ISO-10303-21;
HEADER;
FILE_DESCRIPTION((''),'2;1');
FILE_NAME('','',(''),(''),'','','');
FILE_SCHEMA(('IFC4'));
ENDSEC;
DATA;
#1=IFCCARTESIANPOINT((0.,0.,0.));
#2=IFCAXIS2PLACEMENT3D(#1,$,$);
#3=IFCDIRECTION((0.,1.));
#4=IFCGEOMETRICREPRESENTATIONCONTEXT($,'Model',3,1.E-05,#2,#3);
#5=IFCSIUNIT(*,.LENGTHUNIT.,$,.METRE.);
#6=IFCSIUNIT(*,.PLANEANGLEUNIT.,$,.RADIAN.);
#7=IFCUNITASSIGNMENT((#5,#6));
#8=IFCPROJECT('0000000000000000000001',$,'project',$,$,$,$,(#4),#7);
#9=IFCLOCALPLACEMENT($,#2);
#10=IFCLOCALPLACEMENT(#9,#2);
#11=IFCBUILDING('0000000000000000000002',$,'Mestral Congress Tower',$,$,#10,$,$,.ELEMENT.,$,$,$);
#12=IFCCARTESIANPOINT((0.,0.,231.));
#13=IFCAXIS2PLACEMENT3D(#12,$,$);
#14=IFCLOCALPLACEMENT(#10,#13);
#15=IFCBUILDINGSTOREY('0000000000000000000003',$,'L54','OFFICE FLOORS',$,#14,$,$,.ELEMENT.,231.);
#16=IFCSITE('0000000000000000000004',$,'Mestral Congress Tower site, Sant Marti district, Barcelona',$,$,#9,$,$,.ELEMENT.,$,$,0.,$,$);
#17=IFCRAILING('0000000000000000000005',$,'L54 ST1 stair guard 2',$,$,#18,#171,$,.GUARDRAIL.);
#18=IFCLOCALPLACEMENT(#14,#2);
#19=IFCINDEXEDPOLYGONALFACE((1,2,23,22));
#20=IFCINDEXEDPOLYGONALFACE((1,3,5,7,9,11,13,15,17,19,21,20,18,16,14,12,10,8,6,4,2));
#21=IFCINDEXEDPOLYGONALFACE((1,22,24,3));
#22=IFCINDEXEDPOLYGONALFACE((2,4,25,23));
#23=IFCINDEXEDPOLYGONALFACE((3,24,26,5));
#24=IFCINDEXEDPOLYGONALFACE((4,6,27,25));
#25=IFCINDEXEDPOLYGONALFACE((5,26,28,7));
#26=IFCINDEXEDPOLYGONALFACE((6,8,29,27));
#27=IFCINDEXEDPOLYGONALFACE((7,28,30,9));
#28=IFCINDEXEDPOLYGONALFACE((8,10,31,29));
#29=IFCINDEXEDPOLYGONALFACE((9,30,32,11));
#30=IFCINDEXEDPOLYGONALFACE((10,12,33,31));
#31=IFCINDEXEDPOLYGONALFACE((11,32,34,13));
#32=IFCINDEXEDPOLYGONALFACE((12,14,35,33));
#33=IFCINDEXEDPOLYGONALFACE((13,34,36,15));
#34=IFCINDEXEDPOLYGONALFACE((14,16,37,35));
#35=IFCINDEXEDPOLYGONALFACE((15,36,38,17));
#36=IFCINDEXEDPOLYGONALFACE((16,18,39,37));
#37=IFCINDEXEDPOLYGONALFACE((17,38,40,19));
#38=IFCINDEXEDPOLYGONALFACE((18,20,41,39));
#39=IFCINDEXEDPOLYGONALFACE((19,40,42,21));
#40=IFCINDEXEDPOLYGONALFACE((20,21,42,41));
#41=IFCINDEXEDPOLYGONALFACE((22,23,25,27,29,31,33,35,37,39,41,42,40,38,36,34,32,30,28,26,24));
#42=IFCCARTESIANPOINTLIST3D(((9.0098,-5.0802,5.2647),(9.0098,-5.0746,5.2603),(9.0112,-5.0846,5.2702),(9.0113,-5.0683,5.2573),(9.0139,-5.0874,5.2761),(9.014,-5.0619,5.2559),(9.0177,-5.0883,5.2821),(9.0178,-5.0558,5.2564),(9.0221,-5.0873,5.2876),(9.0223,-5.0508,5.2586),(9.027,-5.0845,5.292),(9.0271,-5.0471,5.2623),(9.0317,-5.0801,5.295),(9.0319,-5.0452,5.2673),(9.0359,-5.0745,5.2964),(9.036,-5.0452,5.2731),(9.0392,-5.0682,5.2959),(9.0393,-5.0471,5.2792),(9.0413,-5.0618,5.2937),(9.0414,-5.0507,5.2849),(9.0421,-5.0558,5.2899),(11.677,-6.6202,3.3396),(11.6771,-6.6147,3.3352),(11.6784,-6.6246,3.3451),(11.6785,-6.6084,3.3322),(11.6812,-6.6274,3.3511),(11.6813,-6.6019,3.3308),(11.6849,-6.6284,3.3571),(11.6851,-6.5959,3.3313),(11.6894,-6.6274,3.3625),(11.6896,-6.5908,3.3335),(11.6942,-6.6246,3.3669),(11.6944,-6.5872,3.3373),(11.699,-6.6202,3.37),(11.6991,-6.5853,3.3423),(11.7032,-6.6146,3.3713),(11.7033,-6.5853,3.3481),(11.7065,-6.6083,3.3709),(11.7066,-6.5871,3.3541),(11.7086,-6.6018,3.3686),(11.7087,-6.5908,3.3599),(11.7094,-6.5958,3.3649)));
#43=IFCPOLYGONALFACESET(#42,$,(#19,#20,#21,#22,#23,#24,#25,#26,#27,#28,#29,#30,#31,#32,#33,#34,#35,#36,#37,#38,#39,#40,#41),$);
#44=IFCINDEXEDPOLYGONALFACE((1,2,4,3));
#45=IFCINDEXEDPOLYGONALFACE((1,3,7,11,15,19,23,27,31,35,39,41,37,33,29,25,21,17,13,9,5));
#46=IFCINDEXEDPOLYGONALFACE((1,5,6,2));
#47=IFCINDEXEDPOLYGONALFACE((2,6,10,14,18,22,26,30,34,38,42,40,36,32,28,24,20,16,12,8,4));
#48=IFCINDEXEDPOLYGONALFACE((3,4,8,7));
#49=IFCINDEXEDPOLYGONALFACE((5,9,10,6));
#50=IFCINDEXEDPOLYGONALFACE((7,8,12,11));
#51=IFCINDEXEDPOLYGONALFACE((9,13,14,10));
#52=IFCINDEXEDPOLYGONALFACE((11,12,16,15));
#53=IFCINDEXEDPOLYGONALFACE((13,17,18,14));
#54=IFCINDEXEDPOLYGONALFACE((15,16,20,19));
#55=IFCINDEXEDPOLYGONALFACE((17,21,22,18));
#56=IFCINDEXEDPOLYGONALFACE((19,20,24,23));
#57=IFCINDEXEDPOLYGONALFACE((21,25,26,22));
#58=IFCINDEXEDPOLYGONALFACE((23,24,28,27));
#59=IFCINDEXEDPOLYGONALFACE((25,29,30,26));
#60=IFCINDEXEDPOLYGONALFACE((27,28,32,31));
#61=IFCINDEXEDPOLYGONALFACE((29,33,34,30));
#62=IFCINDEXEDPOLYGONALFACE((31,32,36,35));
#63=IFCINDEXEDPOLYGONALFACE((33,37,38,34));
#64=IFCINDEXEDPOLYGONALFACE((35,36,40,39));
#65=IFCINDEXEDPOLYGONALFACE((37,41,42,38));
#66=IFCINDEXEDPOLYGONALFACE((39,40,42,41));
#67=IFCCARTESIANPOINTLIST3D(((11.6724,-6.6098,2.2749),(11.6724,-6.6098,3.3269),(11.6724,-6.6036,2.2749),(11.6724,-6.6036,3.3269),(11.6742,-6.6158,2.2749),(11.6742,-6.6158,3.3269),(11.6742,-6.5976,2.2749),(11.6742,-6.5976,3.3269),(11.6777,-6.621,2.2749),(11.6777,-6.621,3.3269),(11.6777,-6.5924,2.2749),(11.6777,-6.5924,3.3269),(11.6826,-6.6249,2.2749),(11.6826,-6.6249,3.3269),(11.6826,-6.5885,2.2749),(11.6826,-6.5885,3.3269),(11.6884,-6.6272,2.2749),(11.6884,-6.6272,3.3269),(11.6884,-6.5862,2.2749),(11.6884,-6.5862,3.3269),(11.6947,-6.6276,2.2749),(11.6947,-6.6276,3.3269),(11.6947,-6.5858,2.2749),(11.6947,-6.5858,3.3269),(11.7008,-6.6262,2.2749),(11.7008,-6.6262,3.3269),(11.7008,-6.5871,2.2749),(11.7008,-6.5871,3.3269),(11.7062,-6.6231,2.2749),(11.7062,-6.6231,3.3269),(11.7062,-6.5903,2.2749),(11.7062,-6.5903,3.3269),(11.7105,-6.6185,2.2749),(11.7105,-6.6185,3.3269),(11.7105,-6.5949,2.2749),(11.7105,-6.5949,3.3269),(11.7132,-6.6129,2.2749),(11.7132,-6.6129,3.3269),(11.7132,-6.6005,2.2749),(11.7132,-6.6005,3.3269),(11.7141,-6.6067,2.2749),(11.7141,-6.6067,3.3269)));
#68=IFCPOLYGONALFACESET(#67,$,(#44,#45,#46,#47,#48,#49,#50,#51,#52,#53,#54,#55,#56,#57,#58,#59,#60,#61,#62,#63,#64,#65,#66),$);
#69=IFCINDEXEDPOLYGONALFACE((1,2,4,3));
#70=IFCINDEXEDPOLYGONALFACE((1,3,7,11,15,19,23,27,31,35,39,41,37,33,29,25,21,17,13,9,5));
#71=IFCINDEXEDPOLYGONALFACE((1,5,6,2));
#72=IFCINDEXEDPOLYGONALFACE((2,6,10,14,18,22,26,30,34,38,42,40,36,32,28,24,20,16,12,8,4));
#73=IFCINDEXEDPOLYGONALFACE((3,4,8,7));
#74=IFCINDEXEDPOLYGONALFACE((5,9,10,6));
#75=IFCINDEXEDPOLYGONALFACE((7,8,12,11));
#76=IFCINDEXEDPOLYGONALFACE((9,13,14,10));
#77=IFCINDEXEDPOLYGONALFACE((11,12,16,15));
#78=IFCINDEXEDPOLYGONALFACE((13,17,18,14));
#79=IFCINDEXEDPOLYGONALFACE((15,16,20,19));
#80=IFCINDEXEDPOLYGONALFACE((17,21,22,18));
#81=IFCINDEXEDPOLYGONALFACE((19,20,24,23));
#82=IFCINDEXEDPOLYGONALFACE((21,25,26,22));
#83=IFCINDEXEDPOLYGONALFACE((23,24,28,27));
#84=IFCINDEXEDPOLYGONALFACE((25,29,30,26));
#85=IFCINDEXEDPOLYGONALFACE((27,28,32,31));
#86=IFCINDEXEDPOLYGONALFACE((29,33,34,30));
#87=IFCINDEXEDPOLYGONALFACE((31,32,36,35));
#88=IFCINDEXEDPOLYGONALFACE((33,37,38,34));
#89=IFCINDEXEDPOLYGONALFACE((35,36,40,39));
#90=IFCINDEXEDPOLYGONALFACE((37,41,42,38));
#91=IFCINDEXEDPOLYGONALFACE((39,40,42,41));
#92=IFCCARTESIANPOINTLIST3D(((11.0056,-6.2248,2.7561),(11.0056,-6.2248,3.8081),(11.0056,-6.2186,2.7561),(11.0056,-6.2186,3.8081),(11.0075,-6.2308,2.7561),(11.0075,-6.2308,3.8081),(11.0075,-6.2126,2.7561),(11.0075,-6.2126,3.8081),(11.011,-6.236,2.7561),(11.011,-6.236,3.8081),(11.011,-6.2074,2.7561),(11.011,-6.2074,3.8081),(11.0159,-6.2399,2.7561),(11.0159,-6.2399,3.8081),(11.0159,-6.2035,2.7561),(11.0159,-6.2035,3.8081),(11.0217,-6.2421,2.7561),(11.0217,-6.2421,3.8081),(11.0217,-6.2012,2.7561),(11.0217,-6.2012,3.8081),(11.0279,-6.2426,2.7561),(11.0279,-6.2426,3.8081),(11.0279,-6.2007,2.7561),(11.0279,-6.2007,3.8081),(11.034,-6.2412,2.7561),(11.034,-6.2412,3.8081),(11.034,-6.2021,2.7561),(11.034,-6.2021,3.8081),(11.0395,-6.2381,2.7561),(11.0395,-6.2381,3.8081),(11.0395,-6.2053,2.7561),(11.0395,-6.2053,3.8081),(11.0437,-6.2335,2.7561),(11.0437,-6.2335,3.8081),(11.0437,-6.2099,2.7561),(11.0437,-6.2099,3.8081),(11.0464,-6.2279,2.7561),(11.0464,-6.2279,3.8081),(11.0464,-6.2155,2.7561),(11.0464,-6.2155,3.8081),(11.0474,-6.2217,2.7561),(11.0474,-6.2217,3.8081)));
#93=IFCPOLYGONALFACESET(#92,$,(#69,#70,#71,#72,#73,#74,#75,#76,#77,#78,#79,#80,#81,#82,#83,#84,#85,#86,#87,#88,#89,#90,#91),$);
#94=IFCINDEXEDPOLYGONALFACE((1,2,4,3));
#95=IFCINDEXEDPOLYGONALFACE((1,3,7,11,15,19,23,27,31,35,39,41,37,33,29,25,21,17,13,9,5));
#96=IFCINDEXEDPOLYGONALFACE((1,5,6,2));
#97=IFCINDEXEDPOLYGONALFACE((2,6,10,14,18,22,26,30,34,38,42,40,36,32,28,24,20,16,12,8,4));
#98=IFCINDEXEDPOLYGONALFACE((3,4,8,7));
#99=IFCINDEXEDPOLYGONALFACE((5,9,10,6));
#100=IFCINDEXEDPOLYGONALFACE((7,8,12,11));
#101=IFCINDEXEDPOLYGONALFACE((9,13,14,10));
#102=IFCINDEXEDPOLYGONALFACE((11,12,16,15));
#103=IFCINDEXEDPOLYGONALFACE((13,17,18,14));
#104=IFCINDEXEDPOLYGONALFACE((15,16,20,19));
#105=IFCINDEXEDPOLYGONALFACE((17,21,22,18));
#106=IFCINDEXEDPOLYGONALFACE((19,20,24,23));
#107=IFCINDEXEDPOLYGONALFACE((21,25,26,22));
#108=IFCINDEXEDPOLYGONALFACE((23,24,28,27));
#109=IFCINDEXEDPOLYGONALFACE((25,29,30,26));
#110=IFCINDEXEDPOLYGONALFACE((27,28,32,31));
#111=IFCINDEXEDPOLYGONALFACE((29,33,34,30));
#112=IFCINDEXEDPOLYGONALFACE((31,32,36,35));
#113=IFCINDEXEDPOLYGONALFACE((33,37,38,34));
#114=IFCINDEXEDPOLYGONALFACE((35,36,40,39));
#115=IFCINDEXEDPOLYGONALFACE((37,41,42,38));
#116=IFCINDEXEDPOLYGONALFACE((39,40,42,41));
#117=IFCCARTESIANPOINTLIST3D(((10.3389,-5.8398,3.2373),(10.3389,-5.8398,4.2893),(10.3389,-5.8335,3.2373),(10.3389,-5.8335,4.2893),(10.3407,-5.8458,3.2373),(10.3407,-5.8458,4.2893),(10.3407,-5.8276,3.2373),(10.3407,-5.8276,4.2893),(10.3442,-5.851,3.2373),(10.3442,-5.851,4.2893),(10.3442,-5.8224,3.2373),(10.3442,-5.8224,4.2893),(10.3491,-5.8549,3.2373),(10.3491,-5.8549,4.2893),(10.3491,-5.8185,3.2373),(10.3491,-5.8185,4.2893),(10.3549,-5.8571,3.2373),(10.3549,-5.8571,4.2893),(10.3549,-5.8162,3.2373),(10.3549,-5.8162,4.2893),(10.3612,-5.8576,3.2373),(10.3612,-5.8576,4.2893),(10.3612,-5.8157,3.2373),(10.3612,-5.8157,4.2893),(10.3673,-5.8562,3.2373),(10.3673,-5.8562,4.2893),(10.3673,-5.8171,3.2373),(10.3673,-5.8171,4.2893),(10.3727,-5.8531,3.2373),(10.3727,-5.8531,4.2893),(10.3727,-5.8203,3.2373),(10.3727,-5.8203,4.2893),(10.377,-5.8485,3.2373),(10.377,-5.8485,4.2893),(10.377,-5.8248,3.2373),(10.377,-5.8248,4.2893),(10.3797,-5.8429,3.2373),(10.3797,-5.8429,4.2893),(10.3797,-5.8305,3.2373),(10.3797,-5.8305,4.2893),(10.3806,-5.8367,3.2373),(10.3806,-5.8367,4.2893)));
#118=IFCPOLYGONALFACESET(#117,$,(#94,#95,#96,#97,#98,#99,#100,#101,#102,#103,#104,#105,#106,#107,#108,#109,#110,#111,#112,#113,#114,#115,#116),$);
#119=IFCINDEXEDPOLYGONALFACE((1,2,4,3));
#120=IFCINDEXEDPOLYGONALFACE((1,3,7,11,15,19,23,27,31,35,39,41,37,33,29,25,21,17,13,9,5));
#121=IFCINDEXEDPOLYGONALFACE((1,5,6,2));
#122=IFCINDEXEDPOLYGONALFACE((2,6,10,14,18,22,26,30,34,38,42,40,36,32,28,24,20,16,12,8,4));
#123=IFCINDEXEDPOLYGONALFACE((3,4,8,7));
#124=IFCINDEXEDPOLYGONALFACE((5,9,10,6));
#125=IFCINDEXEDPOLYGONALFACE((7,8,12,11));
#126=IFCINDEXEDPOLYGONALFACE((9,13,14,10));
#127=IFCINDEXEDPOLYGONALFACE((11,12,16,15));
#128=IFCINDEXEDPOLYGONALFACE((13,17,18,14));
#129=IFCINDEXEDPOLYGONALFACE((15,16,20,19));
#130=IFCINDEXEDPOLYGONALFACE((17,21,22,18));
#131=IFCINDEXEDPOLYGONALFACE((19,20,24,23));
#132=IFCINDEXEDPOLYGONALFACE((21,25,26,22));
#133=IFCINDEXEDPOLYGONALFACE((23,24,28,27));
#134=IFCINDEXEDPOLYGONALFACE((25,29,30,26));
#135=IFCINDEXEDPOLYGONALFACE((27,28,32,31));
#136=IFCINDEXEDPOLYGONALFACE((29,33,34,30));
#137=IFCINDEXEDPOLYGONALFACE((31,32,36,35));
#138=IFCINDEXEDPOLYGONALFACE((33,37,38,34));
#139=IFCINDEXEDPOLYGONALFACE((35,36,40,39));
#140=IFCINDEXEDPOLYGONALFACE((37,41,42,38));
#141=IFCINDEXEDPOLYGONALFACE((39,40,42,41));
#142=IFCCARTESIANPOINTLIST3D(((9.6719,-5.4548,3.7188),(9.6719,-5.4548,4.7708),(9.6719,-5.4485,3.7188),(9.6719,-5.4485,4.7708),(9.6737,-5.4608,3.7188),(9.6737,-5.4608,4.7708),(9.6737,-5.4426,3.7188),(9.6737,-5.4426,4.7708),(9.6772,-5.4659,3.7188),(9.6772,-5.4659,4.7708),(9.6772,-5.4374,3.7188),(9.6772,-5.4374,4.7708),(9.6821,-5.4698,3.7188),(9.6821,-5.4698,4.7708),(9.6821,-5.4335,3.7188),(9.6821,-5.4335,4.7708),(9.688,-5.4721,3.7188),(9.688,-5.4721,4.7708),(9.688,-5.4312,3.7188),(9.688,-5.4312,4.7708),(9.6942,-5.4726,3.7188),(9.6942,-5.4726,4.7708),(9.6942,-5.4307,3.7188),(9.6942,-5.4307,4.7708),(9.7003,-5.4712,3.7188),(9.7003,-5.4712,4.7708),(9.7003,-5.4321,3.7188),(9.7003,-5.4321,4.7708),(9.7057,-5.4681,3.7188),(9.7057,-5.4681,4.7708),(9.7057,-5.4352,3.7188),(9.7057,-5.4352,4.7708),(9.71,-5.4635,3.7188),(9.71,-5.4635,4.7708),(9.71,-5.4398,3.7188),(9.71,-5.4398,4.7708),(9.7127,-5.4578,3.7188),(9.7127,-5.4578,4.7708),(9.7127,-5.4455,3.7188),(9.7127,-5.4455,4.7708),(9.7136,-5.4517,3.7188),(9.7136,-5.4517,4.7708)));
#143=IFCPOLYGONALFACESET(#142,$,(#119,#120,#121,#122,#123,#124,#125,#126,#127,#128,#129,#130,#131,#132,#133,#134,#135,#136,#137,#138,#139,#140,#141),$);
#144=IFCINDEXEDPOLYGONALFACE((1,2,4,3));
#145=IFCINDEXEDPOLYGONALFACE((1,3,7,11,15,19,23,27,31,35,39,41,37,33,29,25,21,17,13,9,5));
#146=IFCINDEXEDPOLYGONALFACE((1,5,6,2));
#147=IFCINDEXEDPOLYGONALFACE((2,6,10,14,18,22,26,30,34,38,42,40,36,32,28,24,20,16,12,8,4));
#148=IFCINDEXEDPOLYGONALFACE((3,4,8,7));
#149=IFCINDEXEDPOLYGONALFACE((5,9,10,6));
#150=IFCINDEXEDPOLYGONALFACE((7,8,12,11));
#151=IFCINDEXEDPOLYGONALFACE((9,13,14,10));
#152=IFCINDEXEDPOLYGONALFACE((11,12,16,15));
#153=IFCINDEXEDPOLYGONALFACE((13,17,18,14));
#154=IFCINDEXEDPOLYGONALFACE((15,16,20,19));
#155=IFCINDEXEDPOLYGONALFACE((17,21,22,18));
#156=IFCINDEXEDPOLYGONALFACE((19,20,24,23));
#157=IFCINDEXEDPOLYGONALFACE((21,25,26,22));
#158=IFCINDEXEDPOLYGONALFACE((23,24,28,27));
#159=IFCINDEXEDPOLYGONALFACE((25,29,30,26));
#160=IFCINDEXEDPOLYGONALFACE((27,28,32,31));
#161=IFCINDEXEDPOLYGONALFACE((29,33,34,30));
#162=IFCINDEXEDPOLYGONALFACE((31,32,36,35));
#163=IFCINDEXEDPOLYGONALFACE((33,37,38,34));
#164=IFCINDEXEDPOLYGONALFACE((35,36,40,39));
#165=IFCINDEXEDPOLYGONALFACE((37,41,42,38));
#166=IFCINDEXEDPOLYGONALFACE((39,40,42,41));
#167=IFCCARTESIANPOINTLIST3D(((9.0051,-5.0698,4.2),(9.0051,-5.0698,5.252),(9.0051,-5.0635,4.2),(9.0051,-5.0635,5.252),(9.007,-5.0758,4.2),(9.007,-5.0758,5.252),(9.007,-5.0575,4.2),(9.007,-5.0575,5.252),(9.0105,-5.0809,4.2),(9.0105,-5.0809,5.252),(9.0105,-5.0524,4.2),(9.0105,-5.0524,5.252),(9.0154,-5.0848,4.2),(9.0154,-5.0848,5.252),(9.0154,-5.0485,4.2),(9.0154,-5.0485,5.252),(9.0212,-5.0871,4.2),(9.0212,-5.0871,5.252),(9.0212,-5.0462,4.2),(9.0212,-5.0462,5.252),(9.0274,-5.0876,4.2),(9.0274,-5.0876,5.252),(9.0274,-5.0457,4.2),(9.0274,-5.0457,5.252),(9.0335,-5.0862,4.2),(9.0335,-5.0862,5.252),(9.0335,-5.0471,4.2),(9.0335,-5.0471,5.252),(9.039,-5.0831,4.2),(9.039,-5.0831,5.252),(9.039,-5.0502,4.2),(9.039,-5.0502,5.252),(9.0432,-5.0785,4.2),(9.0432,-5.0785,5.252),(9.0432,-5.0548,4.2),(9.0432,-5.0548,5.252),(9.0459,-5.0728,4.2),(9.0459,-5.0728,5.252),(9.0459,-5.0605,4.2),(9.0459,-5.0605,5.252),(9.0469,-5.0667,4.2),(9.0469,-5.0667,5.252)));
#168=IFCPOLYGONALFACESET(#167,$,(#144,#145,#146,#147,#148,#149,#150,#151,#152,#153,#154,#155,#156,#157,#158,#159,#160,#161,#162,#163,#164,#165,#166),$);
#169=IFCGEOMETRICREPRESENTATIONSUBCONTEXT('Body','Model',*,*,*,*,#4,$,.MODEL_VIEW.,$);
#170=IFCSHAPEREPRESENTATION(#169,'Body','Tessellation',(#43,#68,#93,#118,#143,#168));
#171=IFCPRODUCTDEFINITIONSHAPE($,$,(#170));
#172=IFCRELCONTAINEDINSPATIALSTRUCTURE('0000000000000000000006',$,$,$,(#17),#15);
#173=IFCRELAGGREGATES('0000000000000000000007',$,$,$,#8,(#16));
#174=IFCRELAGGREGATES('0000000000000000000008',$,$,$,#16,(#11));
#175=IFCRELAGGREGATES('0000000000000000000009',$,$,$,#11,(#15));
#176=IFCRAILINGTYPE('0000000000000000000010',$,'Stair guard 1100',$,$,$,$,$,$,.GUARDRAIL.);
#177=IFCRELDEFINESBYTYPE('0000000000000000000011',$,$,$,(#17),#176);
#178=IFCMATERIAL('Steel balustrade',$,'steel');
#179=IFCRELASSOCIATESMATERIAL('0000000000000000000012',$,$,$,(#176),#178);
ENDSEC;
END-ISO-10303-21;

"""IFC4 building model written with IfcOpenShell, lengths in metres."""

from ifc_helpers import new_model, si_unit, direction, frame, origin, origin_2d, place, context, subcontext, project, spatial, circle, extrude, material, type_object, element, save


model = new_model("IFC4")

# Units and contexts
model_context = context("Model", 3, precision=1e-05, world=origin(), true_north=direction((0.0, 1.0)))
body_context = subcontext(model_context, "Body", "Model", "MODEL_VIEW")
ifc_project = project(units=[si_unit("LENGTHUNIT", "METRE"), si_unit("PLANEANGLEUNIT", "RADIAN")], contexts=[model_context])

# Site, building, storey
site_placement = place(None, origin())
site = spatial("IfcSite", under=ifc_project, at=site_placement, Name="Mestral Congress Tower site, Sant Marti district, Barcelona", CompositionType="ELEMENT", RefElevation=0.0)
building_placement = place(site_placement, origin())
building = spatial("IfcBuilding", under=site, at=building_placement, Name="Mestral Congress Tower", CompositionType="ELEMENT")
storey_placement = place(building_placement, frame((0.0, 0.0, 231.0)))
storey = spatial("IfcBuildingStorey", under=building, at=storey_placement, Name="L54", Description="OFFICE FLOORS", CompositionType="ELEMENT", Elevation=231.0)

# Railing
ifc_material_1 = material(Name="Steel balustrade", Category="steel")
railing_type_1 = type_object("IfcRailingType", Name="Stair guard 1100", PredefinedType="GUARDRAIL", material=ifc_material_1)
railing_1_placement = place(storey_placement, frame((11.6931, -6.6067, 2.2749)))
element("IfcRailing", 1, at=railing_1_placement, inside=storey, type_object=railing_type_1, Name="L54 ST1 stair guard 2", PredefinedType="GUARDRAIL", context=body_context, shape_type="SweptSolid", body=[
    extrude(circle(Radius=0.0239, at=origin_2d()), frame((0.0, 0.0, 1.0762), z_axis=(-0.734364, 0.424015, 0.530019), x_axis=(-0.500027, -0.86601, 0.0)), (0.0, 0.0, 1.0), 3.6321),
    extrude(circle(Radius=0.021, at=origin_2d()), origin(), (0.0, 0.0, 1.0), 1.052),
    extrude(circle(Radius=0.021, at=origin_2d()), frame((-0.6667, 0.385, 0.4812)), (0.0, 0.0, 1.0), 1.052),
    extrude(circle(Radius=0.021, at=origin_2d()), frame((-1.3335, 0.77, 0.9624)), (0.0, 0.0, 1.0), 1.052),
    extrude(circle(Radius=0.021, at=origin_2d()), frame((-2.0005, 1.155, 1.4438)), (0.0, 0.0, 1.0), 1.052),
    extrude(circle(Radius=0.021, at=origin_2d()), frame((-2.6672, 1.54, 1.925)), (0.0, 0.0, 1.0), 1.052),
])

save(model, "model.ifc")
